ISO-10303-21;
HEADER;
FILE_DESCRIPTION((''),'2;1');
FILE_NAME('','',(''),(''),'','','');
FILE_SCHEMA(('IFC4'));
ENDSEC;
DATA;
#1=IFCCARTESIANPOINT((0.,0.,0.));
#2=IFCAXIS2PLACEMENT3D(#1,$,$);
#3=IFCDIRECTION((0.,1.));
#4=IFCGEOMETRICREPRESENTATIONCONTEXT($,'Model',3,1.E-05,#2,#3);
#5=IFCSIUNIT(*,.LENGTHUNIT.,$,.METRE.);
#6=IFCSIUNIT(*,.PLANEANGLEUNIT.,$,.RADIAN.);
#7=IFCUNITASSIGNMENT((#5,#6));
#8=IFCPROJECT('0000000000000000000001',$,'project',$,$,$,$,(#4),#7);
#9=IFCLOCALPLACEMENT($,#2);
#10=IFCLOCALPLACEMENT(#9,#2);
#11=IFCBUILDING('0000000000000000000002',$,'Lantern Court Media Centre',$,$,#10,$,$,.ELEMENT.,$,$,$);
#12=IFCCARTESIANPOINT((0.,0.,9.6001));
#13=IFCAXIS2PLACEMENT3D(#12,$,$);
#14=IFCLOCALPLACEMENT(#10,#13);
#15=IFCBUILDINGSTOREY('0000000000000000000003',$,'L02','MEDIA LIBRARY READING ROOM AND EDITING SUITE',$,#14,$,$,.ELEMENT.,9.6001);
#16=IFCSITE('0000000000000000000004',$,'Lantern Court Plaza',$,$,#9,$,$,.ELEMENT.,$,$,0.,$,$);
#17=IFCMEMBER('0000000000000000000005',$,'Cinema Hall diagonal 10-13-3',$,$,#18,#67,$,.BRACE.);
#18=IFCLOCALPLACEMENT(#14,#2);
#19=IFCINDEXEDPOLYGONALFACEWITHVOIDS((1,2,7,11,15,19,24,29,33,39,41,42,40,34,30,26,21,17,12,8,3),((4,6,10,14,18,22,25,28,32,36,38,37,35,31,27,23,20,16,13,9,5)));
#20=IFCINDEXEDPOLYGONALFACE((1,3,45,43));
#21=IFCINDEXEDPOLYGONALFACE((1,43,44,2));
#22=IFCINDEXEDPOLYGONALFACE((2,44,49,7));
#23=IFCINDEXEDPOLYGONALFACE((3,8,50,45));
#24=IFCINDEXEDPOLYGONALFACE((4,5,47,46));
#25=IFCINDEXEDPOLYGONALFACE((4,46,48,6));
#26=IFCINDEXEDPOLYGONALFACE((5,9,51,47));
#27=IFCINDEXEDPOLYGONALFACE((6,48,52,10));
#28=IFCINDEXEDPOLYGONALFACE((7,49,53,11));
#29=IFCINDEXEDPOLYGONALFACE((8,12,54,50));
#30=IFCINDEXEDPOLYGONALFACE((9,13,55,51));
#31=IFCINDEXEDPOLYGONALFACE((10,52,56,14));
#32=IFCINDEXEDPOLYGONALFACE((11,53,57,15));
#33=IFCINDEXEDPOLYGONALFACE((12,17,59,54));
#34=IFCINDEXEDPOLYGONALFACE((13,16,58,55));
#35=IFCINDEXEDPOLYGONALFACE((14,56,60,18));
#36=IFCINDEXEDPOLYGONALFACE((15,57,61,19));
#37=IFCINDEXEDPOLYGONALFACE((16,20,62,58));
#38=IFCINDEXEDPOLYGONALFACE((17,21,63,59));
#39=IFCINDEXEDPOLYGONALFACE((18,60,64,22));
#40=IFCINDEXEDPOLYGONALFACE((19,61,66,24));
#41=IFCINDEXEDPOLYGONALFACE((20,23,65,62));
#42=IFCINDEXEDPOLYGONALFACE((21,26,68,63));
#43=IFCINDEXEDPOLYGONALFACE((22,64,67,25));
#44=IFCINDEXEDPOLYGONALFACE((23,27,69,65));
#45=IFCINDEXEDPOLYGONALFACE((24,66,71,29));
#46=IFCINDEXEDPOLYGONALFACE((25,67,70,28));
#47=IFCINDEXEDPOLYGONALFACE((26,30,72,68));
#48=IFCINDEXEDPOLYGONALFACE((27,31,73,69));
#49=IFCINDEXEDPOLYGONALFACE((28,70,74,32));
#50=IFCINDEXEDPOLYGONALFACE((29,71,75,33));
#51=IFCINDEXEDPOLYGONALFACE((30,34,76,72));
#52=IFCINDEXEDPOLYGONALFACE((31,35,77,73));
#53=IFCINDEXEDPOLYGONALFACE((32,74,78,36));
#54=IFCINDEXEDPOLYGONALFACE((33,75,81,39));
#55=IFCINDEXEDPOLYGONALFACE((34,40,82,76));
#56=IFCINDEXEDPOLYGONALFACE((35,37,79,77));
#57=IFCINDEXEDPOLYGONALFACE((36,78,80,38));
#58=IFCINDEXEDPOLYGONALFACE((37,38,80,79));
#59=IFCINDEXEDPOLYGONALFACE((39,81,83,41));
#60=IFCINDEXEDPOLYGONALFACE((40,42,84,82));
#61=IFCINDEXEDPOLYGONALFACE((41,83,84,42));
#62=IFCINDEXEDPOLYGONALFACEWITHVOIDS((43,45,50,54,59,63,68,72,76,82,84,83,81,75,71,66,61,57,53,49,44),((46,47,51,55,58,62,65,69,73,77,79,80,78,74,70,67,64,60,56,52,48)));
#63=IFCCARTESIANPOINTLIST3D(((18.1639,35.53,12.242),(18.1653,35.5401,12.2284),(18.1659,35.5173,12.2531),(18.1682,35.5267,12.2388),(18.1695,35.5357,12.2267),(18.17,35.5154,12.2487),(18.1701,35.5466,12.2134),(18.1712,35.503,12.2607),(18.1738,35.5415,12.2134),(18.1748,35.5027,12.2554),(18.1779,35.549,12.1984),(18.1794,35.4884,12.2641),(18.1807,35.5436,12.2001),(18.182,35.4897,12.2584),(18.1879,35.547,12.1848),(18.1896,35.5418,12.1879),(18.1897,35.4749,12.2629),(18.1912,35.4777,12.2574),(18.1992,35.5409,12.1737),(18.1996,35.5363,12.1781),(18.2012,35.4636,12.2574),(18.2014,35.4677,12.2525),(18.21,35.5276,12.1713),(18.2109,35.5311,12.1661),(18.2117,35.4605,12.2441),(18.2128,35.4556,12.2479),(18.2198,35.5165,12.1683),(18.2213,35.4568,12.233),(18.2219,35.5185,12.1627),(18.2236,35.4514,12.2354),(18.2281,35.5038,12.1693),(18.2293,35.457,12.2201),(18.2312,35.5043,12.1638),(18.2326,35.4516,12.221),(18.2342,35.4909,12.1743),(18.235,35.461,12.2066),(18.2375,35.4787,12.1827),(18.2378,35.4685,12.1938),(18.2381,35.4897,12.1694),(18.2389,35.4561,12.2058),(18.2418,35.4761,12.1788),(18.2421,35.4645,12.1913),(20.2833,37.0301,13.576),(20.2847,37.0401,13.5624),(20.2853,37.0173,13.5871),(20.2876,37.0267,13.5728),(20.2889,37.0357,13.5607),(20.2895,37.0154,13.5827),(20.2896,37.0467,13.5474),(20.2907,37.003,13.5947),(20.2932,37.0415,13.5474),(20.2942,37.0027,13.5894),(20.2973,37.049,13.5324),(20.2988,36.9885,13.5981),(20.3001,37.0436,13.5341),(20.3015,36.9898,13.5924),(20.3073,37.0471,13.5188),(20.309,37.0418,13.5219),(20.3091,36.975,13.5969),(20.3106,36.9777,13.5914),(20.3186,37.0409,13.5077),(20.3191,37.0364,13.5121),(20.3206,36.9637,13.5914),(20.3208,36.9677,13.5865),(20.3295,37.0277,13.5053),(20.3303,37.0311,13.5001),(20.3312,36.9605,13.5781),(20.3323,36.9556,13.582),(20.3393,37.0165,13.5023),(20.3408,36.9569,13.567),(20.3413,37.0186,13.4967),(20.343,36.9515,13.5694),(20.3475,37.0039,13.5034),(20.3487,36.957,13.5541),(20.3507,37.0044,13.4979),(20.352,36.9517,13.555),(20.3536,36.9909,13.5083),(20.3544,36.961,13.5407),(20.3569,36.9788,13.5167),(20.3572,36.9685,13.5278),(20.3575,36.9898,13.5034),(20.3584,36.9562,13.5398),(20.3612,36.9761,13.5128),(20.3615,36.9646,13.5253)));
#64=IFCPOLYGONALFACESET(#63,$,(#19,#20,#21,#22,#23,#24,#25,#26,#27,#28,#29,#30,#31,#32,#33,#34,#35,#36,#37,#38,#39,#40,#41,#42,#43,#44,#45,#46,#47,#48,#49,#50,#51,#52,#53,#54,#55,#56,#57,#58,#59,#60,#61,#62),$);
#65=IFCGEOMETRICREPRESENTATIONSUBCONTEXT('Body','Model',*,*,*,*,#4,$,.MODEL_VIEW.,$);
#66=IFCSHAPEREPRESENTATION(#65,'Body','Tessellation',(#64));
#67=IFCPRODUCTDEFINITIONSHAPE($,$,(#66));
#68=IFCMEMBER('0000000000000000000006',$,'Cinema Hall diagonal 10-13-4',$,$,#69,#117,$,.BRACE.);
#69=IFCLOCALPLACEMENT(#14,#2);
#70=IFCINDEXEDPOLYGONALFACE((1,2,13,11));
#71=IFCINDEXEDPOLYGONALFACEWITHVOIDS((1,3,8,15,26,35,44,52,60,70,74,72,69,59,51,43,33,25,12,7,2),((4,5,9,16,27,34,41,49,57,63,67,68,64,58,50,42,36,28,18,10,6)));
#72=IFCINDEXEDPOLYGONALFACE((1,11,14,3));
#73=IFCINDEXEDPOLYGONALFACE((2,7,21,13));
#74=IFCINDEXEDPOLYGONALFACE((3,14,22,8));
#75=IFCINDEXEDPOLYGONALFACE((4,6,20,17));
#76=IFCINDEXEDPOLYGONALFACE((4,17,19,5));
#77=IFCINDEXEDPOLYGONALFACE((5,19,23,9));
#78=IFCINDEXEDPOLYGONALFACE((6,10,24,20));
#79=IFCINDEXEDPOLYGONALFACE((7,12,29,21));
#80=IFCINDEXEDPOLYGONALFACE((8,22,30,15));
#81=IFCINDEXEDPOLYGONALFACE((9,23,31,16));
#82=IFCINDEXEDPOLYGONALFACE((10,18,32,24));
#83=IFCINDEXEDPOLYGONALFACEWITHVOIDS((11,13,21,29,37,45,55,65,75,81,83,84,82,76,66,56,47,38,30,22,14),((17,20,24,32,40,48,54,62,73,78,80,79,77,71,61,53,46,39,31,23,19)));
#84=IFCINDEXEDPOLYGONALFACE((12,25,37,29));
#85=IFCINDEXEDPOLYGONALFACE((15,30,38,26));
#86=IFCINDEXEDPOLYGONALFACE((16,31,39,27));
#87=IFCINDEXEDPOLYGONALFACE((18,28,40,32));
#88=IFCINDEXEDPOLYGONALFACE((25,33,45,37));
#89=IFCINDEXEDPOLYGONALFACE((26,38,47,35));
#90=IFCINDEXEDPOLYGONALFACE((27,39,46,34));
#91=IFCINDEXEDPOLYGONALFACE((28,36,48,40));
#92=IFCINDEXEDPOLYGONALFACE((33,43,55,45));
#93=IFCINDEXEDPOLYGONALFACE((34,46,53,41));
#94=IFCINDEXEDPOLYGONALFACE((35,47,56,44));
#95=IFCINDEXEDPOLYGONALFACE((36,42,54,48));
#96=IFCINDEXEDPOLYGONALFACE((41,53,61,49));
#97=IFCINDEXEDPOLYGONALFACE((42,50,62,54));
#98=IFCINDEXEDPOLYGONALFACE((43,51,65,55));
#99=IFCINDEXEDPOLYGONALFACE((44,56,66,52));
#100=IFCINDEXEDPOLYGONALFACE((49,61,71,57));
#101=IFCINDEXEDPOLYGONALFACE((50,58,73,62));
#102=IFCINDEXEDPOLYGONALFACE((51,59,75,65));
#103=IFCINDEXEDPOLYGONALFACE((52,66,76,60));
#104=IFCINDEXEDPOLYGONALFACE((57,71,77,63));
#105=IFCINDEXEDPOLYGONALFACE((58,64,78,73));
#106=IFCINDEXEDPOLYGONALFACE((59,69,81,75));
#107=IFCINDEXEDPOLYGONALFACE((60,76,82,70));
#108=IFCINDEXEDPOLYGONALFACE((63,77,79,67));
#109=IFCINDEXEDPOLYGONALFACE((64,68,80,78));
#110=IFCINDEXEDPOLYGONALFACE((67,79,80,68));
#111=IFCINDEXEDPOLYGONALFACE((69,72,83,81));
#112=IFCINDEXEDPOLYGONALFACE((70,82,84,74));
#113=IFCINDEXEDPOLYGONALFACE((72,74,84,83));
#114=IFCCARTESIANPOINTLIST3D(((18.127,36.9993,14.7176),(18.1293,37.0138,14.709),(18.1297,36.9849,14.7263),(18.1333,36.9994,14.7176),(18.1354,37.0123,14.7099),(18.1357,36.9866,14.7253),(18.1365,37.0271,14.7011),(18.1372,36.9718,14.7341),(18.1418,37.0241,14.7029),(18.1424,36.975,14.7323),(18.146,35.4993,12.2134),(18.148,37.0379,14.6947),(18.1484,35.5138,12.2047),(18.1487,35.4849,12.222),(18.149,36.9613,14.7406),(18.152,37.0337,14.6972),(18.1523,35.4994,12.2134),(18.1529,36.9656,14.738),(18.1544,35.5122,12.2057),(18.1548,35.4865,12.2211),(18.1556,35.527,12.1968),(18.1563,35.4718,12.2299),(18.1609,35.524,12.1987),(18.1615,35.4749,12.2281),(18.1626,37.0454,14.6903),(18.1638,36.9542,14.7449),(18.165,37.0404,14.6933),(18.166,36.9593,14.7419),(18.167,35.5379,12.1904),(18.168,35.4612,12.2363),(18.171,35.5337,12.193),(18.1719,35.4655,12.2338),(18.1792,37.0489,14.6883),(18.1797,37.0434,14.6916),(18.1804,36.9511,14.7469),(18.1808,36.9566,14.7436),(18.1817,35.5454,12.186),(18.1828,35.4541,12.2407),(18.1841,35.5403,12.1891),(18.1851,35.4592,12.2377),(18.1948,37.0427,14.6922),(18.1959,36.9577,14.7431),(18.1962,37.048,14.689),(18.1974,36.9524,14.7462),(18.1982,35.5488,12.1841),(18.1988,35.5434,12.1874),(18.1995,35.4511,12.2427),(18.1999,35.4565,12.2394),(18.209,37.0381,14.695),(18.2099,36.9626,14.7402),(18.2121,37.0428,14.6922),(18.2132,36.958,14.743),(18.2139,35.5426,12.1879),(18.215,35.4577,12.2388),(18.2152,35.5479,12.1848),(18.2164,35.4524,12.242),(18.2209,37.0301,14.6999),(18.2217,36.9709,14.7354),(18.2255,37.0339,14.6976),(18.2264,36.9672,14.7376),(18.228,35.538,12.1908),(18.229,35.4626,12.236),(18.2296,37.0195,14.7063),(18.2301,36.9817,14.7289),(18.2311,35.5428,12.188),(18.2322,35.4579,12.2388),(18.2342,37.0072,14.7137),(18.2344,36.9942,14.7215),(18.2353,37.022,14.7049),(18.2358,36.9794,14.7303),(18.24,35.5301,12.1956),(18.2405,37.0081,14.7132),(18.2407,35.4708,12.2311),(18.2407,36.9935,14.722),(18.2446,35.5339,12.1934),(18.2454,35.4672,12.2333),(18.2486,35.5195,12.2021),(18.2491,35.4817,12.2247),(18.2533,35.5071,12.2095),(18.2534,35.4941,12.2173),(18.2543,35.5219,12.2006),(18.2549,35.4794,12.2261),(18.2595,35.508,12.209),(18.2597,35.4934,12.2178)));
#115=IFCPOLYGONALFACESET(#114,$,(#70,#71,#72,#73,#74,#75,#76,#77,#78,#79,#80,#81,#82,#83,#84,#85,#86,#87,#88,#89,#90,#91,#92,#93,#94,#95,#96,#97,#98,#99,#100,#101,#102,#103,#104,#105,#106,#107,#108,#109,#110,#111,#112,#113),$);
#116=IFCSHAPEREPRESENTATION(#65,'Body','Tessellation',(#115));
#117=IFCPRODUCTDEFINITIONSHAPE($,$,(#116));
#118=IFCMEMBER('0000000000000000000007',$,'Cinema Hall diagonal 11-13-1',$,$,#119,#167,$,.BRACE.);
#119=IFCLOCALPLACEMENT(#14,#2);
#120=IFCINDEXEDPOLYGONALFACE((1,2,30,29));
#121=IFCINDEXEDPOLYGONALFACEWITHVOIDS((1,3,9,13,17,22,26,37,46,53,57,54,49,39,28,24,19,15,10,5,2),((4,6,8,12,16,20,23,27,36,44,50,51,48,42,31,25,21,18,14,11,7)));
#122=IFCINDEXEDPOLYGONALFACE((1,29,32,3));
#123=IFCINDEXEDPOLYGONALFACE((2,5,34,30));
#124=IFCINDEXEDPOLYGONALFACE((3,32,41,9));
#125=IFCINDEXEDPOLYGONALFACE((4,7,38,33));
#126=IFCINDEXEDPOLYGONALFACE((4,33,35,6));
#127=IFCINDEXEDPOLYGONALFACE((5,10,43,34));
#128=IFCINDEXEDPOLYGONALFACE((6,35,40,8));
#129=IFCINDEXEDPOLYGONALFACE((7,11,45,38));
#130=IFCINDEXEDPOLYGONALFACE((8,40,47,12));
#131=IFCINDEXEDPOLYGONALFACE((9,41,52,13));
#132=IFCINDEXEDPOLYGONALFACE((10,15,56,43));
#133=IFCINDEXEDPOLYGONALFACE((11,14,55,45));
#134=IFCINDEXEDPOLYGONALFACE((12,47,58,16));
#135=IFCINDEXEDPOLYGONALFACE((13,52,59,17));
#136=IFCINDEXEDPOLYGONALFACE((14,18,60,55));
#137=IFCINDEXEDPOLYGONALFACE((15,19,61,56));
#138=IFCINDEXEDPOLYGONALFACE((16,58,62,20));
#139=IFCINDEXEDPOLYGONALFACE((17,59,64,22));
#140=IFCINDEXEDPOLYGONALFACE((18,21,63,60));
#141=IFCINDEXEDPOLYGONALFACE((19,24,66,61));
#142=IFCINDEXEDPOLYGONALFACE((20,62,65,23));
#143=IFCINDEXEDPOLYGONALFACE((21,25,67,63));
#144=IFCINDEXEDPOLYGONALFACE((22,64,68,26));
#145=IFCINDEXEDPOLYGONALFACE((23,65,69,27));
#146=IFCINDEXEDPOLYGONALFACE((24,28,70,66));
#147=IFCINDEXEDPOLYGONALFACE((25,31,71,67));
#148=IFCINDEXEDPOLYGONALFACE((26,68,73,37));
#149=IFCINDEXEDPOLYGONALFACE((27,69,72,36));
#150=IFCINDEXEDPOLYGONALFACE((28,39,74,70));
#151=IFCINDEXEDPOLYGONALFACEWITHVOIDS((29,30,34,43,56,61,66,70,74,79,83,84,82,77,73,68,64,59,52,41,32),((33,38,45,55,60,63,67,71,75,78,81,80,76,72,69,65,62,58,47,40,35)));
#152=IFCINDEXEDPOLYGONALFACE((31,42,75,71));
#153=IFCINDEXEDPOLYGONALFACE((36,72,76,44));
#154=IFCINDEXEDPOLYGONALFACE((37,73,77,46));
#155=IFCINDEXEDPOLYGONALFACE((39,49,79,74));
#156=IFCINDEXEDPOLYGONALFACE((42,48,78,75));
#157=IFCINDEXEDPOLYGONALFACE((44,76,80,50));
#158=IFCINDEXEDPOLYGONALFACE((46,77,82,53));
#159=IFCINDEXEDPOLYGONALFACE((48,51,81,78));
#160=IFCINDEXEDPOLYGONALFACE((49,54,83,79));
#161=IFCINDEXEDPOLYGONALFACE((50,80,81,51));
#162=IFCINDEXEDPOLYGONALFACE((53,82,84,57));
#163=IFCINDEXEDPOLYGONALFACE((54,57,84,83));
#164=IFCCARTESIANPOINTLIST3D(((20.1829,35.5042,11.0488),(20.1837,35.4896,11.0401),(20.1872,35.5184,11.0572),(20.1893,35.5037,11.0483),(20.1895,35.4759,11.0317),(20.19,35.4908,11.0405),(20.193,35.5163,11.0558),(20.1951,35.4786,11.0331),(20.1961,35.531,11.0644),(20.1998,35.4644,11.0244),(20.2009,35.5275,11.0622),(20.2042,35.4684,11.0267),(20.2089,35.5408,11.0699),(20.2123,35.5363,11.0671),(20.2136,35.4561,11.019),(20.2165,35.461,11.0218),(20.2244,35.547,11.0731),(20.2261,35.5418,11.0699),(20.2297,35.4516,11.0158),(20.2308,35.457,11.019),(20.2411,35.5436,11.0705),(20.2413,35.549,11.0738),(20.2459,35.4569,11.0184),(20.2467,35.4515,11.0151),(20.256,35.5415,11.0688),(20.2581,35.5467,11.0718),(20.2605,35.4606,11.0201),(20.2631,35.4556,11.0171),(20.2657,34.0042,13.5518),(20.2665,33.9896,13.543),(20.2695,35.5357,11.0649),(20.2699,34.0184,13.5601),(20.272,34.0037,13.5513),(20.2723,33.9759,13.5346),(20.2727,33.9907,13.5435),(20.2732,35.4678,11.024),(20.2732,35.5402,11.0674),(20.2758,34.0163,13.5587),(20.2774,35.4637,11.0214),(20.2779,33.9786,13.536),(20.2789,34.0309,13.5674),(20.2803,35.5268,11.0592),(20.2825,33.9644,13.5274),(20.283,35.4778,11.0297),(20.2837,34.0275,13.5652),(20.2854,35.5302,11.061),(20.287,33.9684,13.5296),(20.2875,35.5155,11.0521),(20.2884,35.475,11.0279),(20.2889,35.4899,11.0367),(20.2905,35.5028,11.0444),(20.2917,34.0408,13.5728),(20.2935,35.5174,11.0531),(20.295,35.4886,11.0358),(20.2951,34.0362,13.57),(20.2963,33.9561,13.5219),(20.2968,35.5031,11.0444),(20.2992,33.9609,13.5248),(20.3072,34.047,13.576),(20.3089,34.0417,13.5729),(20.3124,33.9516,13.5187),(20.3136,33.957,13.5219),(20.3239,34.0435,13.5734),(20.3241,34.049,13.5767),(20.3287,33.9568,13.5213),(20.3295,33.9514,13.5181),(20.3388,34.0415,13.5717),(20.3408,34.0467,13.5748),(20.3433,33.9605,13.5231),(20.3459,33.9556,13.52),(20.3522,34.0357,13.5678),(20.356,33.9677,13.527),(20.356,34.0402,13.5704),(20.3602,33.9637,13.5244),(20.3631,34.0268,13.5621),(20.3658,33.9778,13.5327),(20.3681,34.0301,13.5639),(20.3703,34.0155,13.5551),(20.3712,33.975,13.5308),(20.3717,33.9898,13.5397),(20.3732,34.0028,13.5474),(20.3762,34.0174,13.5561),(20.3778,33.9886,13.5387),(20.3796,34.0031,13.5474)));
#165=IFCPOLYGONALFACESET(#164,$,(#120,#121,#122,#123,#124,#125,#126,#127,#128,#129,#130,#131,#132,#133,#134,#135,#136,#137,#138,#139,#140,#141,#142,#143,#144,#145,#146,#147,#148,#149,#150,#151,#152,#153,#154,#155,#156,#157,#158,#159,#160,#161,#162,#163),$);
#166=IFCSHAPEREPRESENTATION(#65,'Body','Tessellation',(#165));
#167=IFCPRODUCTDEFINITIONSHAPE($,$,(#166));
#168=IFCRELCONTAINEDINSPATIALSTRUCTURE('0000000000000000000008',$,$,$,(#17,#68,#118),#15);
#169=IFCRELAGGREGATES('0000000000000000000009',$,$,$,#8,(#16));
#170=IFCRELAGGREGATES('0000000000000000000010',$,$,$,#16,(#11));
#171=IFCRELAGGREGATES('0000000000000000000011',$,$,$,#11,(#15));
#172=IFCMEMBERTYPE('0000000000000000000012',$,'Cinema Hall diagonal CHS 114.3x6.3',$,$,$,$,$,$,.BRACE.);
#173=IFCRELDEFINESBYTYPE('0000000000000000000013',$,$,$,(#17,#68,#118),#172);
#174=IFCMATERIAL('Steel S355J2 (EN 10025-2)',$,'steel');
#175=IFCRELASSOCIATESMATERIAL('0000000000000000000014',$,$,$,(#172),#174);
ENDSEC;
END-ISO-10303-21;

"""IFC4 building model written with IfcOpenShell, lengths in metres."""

from ifc_helpers import new_model, si_unit, direction, frame, origin, origin_2d, place, context, subcontext, project, spatial, hollow_circle, extrude, material, material_profile, profile_set, type_object, element, save


model = new_model("IFC4")

# Units and contexts
model_context = context("Model", 3, precision=1e-05, world=origin(), true_north=direction((0.0, 1.0)))
body_context = subcontext(model_context, "Body", "Model", "MODEL_VIEW")
ifc_project = project(units=[si_unit("LENGTHUNIT", "METRE"), si_unit("PLANEANGLEUNIT", "RADIAN")], contexts=[model_context])

# Site, building, storey
site_placement = place(None, origin())
site = spatial("IfcSite", under=ifc_project, at=site_placement, Name="Lantern Court Plaza", CompositionType="ELEMENT", RefElevation=0.0)
building_placement = place(site_placement, origin())
building = spatial("IfcBuilding", under=site, at=building_placement, Name="Lantern Court Media Centre", CompositionType="ELEMENT")
storey_placement = place(building_placement, frame((0.0, 0.0, 9.6001)))
storey = spatial("IfcBuildingStorey", under=building, at=storey_placement, Name="L02", Description="MEDIA LIBRARY READING ROOM AND EDITING SUITE", CompositionType="ELEMENT", Elevation=9.6001)

# Members
ifc_material = material(Name="Steel S355J2 (EN 10025-2)", Category="steel")
ifc_material_profile_1 = material_profile(ifc_material, hollow_circle(Radius=0.0571, WallThickness=0.0063, at=origin_2d()), Name="Cinema Hall diagonal CHS 114.3x6.3")
ifc_profile_set_1 = profile_set([ifc_material_profile_1], Name="Steel S355J2 (EN 10025-2)")
member_type_1 = type_object("IfcMemberType", Name="Cinema Hall diagonal CHS 114.3x6.3", PredefinedType="BRACE", material=ifc_profile_set_1)
for number, where, z_axis, x_axis, name in (
    (1, (18.2031, 35.5, 12.2134), (0.726034, 0.513852, 0.45698), (-0.577702, 0.816248, 0.0), "Cinema Hall diagonal 10-13-3"),
    (2, (18.2031, 35.5, 12.2134), (-0.006524, 0.513857, 0.857851), (-0.999919, -0.012694, 0.0), "Cinema Hall diagonal 10-13-4"),
    (3, (20.2397, 35.5, 11.0444), (0.028352, -0.513846, 0.857414), (0.998481, 0.055092, 0.0), "Cinema Hall diagonal 11-13-1"),
):
    element("IfcMember", number, at=place(storey_placement, frame(where, z_axis=z_axis, x_axis=x_axis)), inside=storey, type_object=member_type_1, Name=name, PredefinedType="BRACE", context=body_context, shape_type="SweptSolid", body=[
        extrude(hollow_circle(Radius=0.0571, WallThickness=0.0063, at=origin_2d()), origin(), (0.0, 0.0, 1.0), 2.9192),
    ])

save(model, "model.ifc")
